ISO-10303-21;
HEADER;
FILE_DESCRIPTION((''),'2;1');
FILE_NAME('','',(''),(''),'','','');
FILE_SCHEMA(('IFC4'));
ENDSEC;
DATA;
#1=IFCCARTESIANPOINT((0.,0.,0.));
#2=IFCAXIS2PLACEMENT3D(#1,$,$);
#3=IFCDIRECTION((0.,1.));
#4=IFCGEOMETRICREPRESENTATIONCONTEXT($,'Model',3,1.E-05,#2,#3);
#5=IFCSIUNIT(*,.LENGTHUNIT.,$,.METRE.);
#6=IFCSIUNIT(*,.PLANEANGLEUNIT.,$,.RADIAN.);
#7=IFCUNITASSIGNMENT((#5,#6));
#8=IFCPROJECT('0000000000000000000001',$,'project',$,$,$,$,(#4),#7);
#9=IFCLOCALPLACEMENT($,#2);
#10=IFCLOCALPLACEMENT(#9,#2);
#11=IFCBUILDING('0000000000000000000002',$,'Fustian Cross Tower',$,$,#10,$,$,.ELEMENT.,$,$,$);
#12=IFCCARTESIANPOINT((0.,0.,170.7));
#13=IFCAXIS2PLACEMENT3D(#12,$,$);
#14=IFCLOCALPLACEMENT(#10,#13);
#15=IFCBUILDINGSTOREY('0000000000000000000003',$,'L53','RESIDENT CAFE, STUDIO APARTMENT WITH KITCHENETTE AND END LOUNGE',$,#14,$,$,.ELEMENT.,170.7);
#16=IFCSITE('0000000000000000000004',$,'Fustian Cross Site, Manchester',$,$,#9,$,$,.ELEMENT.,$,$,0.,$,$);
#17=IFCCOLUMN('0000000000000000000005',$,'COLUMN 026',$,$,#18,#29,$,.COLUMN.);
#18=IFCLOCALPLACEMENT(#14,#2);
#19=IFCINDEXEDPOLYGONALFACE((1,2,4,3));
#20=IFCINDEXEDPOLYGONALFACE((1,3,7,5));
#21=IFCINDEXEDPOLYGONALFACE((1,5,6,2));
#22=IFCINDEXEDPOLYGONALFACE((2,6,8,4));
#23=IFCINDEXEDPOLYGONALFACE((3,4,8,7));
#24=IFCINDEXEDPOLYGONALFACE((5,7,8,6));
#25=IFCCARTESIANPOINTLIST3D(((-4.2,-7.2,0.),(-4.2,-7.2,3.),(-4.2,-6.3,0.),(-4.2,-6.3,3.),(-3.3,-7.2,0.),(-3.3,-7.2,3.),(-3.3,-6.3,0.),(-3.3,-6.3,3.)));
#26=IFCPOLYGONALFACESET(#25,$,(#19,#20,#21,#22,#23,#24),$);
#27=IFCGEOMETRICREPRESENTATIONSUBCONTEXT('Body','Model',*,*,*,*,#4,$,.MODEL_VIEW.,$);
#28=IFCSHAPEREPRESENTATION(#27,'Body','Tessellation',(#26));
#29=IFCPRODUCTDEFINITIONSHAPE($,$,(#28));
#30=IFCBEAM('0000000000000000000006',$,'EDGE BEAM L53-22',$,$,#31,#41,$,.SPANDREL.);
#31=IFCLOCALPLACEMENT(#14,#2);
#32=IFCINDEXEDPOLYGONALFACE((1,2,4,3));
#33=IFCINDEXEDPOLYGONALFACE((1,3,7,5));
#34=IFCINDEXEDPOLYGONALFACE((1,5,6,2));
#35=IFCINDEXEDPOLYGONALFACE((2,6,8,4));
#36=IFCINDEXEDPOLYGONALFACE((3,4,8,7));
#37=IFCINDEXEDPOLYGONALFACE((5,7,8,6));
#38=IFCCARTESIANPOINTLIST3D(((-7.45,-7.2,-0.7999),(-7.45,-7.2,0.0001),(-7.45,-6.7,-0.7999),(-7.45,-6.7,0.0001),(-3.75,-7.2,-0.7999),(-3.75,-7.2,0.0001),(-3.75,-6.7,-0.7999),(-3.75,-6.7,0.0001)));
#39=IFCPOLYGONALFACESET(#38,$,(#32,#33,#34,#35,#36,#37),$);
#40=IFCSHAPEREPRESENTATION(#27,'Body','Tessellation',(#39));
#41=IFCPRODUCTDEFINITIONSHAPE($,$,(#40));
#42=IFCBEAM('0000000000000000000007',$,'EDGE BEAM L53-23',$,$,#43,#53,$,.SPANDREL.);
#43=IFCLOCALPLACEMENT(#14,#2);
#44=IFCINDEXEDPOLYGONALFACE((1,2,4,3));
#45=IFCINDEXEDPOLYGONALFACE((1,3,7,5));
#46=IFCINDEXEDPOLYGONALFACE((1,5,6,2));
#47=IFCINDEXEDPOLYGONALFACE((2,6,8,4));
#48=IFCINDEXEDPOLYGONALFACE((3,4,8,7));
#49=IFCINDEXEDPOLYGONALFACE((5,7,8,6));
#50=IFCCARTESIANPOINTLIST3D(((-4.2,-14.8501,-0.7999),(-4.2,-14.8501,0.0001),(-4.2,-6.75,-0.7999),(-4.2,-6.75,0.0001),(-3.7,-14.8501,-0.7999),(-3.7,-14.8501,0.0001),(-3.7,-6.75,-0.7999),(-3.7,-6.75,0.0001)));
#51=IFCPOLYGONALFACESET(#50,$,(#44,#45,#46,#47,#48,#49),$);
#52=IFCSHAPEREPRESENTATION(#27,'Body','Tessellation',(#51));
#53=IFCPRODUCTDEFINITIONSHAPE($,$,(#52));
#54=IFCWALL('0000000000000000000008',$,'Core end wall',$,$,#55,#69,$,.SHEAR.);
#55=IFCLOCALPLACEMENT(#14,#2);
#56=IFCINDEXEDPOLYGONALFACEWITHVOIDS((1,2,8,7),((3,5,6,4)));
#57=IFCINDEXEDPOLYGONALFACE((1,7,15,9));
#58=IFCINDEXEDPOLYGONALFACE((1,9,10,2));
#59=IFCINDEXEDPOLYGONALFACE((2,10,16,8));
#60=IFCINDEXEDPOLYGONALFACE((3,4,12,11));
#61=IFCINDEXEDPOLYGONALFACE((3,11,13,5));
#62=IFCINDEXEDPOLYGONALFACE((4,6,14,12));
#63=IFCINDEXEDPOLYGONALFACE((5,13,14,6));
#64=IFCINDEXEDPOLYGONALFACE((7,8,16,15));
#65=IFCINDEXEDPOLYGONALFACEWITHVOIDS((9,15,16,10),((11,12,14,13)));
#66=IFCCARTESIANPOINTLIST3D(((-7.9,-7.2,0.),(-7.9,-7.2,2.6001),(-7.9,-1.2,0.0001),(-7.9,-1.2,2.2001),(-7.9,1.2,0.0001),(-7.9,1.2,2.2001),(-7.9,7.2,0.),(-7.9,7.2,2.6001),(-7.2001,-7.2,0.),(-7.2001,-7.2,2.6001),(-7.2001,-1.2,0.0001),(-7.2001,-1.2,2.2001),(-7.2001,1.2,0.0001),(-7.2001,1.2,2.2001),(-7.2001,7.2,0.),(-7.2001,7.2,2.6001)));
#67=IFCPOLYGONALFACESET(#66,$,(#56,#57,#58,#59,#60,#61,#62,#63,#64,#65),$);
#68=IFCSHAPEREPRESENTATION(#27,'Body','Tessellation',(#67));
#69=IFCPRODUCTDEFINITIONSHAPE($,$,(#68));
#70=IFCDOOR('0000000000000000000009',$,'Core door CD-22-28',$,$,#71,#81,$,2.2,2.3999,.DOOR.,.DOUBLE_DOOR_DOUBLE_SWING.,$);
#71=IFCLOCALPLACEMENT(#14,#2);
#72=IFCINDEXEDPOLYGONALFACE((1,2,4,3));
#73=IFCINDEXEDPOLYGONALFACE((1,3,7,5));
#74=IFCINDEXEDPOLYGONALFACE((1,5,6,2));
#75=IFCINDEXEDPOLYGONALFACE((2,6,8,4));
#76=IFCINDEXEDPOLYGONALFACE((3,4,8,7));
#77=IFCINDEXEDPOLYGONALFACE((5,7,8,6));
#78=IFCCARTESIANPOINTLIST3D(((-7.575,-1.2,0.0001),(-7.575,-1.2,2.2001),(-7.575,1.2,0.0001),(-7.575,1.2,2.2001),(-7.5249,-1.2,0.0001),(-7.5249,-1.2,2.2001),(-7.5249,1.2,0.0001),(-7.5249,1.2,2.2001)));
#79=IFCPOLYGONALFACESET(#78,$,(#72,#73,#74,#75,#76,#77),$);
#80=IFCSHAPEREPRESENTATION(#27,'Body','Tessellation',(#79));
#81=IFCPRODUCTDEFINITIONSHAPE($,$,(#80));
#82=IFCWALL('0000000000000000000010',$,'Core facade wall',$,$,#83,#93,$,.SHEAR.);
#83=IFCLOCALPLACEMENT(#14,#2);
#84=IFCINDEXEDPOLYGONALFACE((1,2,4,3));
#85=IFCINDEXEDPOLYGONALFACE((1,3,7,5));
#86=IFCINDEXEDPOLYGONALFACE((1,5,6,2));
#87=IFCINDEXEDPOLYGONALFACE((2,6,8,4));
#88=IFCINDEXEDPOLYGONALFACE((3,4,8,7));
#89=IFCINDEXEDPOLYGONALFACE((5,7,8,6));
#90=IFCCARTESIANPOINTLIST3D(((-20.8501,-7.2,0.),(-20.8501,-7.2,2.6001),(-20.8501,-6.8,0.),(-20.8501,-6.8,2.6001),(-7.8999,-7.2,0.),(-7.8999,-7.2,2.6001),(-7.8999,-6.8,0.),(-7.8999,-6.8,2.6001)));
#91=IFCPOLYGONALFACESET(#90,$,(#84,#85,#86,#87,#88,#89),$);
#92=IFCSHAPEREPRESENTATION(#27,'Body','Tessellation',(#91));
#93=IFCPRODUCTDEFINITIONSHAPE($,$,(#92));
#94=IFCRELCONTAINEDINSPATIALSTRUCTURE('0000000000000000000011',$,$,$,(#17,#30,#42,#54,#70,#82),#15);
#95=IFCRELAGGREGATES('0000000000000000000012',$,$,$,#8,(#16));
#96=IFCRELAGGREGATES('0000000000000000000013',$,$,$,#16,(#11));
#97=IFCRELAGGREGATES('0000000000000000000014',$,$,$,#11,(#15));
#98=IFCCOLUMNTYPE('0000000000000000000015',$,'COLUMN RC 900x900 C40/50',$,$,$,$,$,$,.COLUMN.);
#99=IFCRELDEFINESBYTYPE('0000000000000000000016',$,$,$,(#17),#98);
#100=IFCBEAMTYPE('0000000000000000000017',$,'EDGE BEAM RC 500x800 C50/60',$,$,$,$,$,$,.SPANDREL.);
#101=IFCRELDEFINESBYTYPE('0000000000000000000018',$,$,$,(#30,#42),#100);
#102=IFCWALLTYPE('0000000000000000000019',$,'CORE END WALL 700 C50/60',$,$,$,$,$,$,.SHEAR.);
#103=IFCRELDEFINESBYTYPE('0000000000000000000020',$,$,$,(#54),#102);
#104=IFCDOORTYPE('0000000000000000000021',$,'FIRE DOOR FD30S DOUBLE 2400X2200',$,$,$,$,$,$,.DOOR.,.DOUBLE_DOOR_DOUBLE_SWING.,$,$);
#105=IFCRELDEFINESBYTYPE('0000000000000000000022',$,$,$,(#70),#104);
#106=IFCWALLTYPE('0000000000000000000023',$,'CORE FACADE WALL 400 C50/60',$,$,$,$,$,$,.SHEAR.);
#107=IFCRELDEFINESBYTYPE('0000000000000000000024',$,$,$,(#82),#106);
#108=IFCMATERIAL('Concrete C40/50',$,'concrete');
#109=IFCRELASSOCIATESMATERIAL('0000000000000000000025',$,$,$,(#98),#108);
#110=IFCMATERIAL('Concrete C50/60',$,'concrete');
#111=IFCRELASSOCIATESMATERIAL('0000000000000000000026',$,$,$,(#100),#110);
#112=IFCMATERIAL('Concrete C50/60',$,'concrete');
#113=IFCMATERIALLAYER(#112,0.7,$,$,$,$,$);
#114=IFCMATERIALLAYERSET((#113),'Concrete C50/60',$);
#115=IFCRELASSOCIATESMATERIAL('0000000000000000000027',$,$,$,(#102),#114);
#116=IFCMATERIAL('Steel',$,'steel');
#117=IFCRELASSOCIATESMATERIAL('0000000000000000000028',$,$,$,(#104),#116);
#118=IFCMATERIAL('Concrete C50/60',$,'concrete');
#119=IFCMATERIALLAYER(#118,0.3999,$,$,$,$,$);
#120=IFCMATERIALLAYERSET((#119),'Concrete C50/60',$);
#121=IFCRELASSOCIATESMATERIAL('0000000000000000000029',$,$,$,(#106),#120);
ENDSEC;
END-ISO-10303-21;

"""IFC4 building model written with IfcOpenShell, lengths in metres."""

from ifc_helpers import new_model, si_unit, direction, frame, frame_2d, origin, origin_2d, place, context, subcontext, project, spatial, rectangle, extrude, material, layer, layer_set, material_profile, profile_set, type_object, element, fill, save


model = new_model("IFC4")

# Units and contexts
model_context = context("Model", 3, precision=1e-05, world=origin(), true_north=direction((0.0, 1.0)))
body_context = subcontext(model_context, "Body", "Model", "MODEL_VIEW")
ifc_project = project(units=[si_unit("LENGTHUNIT", "METRE"), si_unit("PLANEANGLEUNIT", "RADIAN")], contexts=[model_context])

# Site, building, storey
site_placement = place(None, origin())
site = spatial("IfcSite", under=ifc_project, at=site_placement, Name="Fustian Cross Site, Manchester", CompositionType="ELEMENT", RefElevation=0.0)
building_placement = place(site_placement, origin())
building = spatial("IfcBuilding", under=site, at=building_placement, Name="Fustian Cross Tower", CompositionType="ELEMENT")
storey_placement = place(building_placement, frame((0.0, 0.0, 170.7)))
storey = spatial("IfcBuildingStorey", under=building, at=storey_placement, Name="L53", Description="RESIDENT CAFE, STUDIO APARTMENT WITH KITCHENETTE AND END LOUNGE", CompositionType="ELEMENT", Elevation=170.7)

# Column
ifc_material_1 = material(Name="Concrete C40/50", Category="concrete")
ifc_material_profile_1 = material_profile(ifc_material_1, rectangle(XDim=0.8999, YDim=0.8999, at=origin_2d()), Name="RC 900x900")
ifc_profile_set_1 = profile_set([ifc_material_profile_1], Name="Concrete C40/50")
column_type = type_object("IfcColumnType", Name="COLUMN RC 900x900 C40/50", PredefinedType="COLUMN", material=ifc_profile_set_1)
column_placement = place(storey_placement, frame((-3.75, -6.75, 0.0), z_axis=(0.0, 0.0, 1.0), x_axis=(1.0, 0.0, 0.0)))
element("IfcColumn", 1, at=column_placement, inside=storey, type_object=column_type, Name="COLUMN 026", PredefinedType="COLUMN", context=body_context, shape_type="SweptSolid", body=[
    extrude(rectangle(XDim=0.8999, YDim=0.8999, at=origin_2d()), origin(), (0.0, 0.0, 1.0), 3.0),
])

# Beams
ifc_material_2 = material(Name="Concrete C50/60", Category="concrete")
ifc_material_profile_2 = material_profile(ifc_material_2, rectangle(XDim=0.5, YDim=0.8, at=origin_2d()), Name="RC 500x800")
ifc_profile_set_2 = profile_set([ifc_material_profile_2], Name="Concrete C50/60")
beam_type = type_object("IfcBeamType", Name="EDGE BEAM RC 500x800 C50/60", PredefinedType="SPANDREL", material=ifc_profile_set_2)
beam_1_placement = place(storey_placement, frame((-7.45, -6.95, -0.3999), z_axis=(1.0, 0.0, 0.0), x_axis=(0.0, 1.0, 0.0)))
element("IfcBeam", 2, at=beam_1_placement, inside=storey, type_object=beam_type, Name="EDGE BEAM L53-22", PredefinedType="SPANDREL", context=body_context, shape_type="SweptSolid", body=[
    extrude(rectangle(XDim=0.5, YDim=0.8, at=origin_2d()), origin(), (0.0, 0.0, 1.0), 3.7),
])
beam_2_placement = place(storey_placement, frame((-3.95, -6.75, -0.3999), z_axis=(0.0, -1.0, 0.0), x_axis=(1.0, 0.0, 0.0)))
element("IfcBeam", 3, at=beam_2_placement, inside=storey, type_object=beam_type, Name="EDGE BEAM L53-23", PredefinedType="SPANDREL", context=body_context, shape_type="SweptSolid", body=[
    extrude(rectangle(XDim=0.5, YDim=0.8, at=origin_2d()), origin(), (0.0, 0.0, 1.0), 8.1001),
])

# Wall, opening, door
ifc_material_3 = material(Name="Concrete C50/60", Category="concrete")
ifc_layer_1 = layer(ifc_material_3, 0.7)
ifc_layer_set_1 = layer_set([ifc_layer_1], Name="Concrete C50/60")
wall_type_1 = type_object("IfcWallType", Name="CORE END WALL 700 C50/60", PredefinedType="SHEAR", material=ifc_layer_set_1)
wall_1_placement = place(storey_placement, frame((-7.55, -7.2, 0.0), z_axis=(0.0, 0.0, 1.0), x_axis=(0.0, 1.0, 0.0)))
wall_1 = element("IfcWall", 4, at=wall_1_placement, inside=storey, type_object=wall_type_1, Name="Core end wall", PredefinedType="SHEAR", context=body_context, shape_type="SweptSolid", body=[
    extrude(rectangle(XDim=14.3999, YDim=0.7, at=frame_2d((7.2, 0.0))), origin(), (0.0, 0.0, 1.0), 2.6001),
])
opening_1_placement = place(wall_1_placement, frame((6.0, 0.0, 0.0)))
opening_1 = element("IfcOpeningElement", 5, at=opening_1_placement, cuts=wall_1, PredefinedType="OPENING", context=body_context, shape_type="SweptSolid", body=[
    extrude(rectangle(XDim=2.3999, YDim=2.2, at=frame_2d((1.2, 1.1001))), frame((0.0, 0.3599, 0.0), z_axis=(0.0, -1.0, 0.0), x_axis=(1.0, 0.0, 0.0)), (0.0, 0.0, 1.0), 0.72),
])
ifc_material_4 = material(Name="Steel", Category="steel")
door_type_1 = type_object("IfcDoorType", Name="FIRE DOOR FD30S DOUBLE 2400X2200", OperationType="DOUBLE_DOOR_DOUBLE_SWING", PredefinedType="DOOR", material=ifc_material_4)
door_1_placement = place(opening_1_placement, origin())
door_1 = element("IfcDoor", 6, at=door_1_placement, inside=storey, type_object=door_type_1, Name="Core door CD-22-28", OperationType="DOUBLE_DOOR_DOUBLE_SWING", OverallHeight=2.2, OverallWidth=2.3999, PredefinedType="DOOR", context=body_context, shape_type="SweptSolid", body=[
    extrude(rectangle(XDim=2.3999, YDim=2.2, at=frame_2d((1.2, 1.1001))), frame((0.0, 0.0249, 0.0), z_axis=(0.0, -1.0, 0.0), x_axis=(1.0, 0.0, 0.0)), (0.0, 0.0, 1.0), 0.05),
])
fill(opening_1, door_1)

# Wall
ifc_material_5 = material(Name="Concrete C50/60", Category="concrete")
ifc_layer_2 = layer(ifc_material_5, 0.3999)
ifc_layer_set_2 = layer_set([ifc_layer_2], Name="Concrete C50/60")
wall_type_2 = type_object("IfcWallType", Name="CORE FACADE WALL 400 C50/60", PredefinedType="SHEAR", material=ifc_layer_set_2)
wall_2_placement = place(storey_placement, frame((-7.8999, -7.0, 0.0), z_axis=(0.0, 0.0, 1.0), x_axis=(-1.0, 0.0, 0.0)))
element("IfcWall", 7, at=wall_2_placement, inside=storey, type_object=wall_type_2, Name="Core facade wall", PredefinedType="SHEAR", context=body_context, shape_type="SweptSolid", body=[
    extrude(rectangle(XDim=12.9502, YDim=0.3999, at=frame_2d((6.4751, 0.0))), origin(), (0.0, 0.0, 1.0), 2.6001),
])

save(model, "model.ifc")
